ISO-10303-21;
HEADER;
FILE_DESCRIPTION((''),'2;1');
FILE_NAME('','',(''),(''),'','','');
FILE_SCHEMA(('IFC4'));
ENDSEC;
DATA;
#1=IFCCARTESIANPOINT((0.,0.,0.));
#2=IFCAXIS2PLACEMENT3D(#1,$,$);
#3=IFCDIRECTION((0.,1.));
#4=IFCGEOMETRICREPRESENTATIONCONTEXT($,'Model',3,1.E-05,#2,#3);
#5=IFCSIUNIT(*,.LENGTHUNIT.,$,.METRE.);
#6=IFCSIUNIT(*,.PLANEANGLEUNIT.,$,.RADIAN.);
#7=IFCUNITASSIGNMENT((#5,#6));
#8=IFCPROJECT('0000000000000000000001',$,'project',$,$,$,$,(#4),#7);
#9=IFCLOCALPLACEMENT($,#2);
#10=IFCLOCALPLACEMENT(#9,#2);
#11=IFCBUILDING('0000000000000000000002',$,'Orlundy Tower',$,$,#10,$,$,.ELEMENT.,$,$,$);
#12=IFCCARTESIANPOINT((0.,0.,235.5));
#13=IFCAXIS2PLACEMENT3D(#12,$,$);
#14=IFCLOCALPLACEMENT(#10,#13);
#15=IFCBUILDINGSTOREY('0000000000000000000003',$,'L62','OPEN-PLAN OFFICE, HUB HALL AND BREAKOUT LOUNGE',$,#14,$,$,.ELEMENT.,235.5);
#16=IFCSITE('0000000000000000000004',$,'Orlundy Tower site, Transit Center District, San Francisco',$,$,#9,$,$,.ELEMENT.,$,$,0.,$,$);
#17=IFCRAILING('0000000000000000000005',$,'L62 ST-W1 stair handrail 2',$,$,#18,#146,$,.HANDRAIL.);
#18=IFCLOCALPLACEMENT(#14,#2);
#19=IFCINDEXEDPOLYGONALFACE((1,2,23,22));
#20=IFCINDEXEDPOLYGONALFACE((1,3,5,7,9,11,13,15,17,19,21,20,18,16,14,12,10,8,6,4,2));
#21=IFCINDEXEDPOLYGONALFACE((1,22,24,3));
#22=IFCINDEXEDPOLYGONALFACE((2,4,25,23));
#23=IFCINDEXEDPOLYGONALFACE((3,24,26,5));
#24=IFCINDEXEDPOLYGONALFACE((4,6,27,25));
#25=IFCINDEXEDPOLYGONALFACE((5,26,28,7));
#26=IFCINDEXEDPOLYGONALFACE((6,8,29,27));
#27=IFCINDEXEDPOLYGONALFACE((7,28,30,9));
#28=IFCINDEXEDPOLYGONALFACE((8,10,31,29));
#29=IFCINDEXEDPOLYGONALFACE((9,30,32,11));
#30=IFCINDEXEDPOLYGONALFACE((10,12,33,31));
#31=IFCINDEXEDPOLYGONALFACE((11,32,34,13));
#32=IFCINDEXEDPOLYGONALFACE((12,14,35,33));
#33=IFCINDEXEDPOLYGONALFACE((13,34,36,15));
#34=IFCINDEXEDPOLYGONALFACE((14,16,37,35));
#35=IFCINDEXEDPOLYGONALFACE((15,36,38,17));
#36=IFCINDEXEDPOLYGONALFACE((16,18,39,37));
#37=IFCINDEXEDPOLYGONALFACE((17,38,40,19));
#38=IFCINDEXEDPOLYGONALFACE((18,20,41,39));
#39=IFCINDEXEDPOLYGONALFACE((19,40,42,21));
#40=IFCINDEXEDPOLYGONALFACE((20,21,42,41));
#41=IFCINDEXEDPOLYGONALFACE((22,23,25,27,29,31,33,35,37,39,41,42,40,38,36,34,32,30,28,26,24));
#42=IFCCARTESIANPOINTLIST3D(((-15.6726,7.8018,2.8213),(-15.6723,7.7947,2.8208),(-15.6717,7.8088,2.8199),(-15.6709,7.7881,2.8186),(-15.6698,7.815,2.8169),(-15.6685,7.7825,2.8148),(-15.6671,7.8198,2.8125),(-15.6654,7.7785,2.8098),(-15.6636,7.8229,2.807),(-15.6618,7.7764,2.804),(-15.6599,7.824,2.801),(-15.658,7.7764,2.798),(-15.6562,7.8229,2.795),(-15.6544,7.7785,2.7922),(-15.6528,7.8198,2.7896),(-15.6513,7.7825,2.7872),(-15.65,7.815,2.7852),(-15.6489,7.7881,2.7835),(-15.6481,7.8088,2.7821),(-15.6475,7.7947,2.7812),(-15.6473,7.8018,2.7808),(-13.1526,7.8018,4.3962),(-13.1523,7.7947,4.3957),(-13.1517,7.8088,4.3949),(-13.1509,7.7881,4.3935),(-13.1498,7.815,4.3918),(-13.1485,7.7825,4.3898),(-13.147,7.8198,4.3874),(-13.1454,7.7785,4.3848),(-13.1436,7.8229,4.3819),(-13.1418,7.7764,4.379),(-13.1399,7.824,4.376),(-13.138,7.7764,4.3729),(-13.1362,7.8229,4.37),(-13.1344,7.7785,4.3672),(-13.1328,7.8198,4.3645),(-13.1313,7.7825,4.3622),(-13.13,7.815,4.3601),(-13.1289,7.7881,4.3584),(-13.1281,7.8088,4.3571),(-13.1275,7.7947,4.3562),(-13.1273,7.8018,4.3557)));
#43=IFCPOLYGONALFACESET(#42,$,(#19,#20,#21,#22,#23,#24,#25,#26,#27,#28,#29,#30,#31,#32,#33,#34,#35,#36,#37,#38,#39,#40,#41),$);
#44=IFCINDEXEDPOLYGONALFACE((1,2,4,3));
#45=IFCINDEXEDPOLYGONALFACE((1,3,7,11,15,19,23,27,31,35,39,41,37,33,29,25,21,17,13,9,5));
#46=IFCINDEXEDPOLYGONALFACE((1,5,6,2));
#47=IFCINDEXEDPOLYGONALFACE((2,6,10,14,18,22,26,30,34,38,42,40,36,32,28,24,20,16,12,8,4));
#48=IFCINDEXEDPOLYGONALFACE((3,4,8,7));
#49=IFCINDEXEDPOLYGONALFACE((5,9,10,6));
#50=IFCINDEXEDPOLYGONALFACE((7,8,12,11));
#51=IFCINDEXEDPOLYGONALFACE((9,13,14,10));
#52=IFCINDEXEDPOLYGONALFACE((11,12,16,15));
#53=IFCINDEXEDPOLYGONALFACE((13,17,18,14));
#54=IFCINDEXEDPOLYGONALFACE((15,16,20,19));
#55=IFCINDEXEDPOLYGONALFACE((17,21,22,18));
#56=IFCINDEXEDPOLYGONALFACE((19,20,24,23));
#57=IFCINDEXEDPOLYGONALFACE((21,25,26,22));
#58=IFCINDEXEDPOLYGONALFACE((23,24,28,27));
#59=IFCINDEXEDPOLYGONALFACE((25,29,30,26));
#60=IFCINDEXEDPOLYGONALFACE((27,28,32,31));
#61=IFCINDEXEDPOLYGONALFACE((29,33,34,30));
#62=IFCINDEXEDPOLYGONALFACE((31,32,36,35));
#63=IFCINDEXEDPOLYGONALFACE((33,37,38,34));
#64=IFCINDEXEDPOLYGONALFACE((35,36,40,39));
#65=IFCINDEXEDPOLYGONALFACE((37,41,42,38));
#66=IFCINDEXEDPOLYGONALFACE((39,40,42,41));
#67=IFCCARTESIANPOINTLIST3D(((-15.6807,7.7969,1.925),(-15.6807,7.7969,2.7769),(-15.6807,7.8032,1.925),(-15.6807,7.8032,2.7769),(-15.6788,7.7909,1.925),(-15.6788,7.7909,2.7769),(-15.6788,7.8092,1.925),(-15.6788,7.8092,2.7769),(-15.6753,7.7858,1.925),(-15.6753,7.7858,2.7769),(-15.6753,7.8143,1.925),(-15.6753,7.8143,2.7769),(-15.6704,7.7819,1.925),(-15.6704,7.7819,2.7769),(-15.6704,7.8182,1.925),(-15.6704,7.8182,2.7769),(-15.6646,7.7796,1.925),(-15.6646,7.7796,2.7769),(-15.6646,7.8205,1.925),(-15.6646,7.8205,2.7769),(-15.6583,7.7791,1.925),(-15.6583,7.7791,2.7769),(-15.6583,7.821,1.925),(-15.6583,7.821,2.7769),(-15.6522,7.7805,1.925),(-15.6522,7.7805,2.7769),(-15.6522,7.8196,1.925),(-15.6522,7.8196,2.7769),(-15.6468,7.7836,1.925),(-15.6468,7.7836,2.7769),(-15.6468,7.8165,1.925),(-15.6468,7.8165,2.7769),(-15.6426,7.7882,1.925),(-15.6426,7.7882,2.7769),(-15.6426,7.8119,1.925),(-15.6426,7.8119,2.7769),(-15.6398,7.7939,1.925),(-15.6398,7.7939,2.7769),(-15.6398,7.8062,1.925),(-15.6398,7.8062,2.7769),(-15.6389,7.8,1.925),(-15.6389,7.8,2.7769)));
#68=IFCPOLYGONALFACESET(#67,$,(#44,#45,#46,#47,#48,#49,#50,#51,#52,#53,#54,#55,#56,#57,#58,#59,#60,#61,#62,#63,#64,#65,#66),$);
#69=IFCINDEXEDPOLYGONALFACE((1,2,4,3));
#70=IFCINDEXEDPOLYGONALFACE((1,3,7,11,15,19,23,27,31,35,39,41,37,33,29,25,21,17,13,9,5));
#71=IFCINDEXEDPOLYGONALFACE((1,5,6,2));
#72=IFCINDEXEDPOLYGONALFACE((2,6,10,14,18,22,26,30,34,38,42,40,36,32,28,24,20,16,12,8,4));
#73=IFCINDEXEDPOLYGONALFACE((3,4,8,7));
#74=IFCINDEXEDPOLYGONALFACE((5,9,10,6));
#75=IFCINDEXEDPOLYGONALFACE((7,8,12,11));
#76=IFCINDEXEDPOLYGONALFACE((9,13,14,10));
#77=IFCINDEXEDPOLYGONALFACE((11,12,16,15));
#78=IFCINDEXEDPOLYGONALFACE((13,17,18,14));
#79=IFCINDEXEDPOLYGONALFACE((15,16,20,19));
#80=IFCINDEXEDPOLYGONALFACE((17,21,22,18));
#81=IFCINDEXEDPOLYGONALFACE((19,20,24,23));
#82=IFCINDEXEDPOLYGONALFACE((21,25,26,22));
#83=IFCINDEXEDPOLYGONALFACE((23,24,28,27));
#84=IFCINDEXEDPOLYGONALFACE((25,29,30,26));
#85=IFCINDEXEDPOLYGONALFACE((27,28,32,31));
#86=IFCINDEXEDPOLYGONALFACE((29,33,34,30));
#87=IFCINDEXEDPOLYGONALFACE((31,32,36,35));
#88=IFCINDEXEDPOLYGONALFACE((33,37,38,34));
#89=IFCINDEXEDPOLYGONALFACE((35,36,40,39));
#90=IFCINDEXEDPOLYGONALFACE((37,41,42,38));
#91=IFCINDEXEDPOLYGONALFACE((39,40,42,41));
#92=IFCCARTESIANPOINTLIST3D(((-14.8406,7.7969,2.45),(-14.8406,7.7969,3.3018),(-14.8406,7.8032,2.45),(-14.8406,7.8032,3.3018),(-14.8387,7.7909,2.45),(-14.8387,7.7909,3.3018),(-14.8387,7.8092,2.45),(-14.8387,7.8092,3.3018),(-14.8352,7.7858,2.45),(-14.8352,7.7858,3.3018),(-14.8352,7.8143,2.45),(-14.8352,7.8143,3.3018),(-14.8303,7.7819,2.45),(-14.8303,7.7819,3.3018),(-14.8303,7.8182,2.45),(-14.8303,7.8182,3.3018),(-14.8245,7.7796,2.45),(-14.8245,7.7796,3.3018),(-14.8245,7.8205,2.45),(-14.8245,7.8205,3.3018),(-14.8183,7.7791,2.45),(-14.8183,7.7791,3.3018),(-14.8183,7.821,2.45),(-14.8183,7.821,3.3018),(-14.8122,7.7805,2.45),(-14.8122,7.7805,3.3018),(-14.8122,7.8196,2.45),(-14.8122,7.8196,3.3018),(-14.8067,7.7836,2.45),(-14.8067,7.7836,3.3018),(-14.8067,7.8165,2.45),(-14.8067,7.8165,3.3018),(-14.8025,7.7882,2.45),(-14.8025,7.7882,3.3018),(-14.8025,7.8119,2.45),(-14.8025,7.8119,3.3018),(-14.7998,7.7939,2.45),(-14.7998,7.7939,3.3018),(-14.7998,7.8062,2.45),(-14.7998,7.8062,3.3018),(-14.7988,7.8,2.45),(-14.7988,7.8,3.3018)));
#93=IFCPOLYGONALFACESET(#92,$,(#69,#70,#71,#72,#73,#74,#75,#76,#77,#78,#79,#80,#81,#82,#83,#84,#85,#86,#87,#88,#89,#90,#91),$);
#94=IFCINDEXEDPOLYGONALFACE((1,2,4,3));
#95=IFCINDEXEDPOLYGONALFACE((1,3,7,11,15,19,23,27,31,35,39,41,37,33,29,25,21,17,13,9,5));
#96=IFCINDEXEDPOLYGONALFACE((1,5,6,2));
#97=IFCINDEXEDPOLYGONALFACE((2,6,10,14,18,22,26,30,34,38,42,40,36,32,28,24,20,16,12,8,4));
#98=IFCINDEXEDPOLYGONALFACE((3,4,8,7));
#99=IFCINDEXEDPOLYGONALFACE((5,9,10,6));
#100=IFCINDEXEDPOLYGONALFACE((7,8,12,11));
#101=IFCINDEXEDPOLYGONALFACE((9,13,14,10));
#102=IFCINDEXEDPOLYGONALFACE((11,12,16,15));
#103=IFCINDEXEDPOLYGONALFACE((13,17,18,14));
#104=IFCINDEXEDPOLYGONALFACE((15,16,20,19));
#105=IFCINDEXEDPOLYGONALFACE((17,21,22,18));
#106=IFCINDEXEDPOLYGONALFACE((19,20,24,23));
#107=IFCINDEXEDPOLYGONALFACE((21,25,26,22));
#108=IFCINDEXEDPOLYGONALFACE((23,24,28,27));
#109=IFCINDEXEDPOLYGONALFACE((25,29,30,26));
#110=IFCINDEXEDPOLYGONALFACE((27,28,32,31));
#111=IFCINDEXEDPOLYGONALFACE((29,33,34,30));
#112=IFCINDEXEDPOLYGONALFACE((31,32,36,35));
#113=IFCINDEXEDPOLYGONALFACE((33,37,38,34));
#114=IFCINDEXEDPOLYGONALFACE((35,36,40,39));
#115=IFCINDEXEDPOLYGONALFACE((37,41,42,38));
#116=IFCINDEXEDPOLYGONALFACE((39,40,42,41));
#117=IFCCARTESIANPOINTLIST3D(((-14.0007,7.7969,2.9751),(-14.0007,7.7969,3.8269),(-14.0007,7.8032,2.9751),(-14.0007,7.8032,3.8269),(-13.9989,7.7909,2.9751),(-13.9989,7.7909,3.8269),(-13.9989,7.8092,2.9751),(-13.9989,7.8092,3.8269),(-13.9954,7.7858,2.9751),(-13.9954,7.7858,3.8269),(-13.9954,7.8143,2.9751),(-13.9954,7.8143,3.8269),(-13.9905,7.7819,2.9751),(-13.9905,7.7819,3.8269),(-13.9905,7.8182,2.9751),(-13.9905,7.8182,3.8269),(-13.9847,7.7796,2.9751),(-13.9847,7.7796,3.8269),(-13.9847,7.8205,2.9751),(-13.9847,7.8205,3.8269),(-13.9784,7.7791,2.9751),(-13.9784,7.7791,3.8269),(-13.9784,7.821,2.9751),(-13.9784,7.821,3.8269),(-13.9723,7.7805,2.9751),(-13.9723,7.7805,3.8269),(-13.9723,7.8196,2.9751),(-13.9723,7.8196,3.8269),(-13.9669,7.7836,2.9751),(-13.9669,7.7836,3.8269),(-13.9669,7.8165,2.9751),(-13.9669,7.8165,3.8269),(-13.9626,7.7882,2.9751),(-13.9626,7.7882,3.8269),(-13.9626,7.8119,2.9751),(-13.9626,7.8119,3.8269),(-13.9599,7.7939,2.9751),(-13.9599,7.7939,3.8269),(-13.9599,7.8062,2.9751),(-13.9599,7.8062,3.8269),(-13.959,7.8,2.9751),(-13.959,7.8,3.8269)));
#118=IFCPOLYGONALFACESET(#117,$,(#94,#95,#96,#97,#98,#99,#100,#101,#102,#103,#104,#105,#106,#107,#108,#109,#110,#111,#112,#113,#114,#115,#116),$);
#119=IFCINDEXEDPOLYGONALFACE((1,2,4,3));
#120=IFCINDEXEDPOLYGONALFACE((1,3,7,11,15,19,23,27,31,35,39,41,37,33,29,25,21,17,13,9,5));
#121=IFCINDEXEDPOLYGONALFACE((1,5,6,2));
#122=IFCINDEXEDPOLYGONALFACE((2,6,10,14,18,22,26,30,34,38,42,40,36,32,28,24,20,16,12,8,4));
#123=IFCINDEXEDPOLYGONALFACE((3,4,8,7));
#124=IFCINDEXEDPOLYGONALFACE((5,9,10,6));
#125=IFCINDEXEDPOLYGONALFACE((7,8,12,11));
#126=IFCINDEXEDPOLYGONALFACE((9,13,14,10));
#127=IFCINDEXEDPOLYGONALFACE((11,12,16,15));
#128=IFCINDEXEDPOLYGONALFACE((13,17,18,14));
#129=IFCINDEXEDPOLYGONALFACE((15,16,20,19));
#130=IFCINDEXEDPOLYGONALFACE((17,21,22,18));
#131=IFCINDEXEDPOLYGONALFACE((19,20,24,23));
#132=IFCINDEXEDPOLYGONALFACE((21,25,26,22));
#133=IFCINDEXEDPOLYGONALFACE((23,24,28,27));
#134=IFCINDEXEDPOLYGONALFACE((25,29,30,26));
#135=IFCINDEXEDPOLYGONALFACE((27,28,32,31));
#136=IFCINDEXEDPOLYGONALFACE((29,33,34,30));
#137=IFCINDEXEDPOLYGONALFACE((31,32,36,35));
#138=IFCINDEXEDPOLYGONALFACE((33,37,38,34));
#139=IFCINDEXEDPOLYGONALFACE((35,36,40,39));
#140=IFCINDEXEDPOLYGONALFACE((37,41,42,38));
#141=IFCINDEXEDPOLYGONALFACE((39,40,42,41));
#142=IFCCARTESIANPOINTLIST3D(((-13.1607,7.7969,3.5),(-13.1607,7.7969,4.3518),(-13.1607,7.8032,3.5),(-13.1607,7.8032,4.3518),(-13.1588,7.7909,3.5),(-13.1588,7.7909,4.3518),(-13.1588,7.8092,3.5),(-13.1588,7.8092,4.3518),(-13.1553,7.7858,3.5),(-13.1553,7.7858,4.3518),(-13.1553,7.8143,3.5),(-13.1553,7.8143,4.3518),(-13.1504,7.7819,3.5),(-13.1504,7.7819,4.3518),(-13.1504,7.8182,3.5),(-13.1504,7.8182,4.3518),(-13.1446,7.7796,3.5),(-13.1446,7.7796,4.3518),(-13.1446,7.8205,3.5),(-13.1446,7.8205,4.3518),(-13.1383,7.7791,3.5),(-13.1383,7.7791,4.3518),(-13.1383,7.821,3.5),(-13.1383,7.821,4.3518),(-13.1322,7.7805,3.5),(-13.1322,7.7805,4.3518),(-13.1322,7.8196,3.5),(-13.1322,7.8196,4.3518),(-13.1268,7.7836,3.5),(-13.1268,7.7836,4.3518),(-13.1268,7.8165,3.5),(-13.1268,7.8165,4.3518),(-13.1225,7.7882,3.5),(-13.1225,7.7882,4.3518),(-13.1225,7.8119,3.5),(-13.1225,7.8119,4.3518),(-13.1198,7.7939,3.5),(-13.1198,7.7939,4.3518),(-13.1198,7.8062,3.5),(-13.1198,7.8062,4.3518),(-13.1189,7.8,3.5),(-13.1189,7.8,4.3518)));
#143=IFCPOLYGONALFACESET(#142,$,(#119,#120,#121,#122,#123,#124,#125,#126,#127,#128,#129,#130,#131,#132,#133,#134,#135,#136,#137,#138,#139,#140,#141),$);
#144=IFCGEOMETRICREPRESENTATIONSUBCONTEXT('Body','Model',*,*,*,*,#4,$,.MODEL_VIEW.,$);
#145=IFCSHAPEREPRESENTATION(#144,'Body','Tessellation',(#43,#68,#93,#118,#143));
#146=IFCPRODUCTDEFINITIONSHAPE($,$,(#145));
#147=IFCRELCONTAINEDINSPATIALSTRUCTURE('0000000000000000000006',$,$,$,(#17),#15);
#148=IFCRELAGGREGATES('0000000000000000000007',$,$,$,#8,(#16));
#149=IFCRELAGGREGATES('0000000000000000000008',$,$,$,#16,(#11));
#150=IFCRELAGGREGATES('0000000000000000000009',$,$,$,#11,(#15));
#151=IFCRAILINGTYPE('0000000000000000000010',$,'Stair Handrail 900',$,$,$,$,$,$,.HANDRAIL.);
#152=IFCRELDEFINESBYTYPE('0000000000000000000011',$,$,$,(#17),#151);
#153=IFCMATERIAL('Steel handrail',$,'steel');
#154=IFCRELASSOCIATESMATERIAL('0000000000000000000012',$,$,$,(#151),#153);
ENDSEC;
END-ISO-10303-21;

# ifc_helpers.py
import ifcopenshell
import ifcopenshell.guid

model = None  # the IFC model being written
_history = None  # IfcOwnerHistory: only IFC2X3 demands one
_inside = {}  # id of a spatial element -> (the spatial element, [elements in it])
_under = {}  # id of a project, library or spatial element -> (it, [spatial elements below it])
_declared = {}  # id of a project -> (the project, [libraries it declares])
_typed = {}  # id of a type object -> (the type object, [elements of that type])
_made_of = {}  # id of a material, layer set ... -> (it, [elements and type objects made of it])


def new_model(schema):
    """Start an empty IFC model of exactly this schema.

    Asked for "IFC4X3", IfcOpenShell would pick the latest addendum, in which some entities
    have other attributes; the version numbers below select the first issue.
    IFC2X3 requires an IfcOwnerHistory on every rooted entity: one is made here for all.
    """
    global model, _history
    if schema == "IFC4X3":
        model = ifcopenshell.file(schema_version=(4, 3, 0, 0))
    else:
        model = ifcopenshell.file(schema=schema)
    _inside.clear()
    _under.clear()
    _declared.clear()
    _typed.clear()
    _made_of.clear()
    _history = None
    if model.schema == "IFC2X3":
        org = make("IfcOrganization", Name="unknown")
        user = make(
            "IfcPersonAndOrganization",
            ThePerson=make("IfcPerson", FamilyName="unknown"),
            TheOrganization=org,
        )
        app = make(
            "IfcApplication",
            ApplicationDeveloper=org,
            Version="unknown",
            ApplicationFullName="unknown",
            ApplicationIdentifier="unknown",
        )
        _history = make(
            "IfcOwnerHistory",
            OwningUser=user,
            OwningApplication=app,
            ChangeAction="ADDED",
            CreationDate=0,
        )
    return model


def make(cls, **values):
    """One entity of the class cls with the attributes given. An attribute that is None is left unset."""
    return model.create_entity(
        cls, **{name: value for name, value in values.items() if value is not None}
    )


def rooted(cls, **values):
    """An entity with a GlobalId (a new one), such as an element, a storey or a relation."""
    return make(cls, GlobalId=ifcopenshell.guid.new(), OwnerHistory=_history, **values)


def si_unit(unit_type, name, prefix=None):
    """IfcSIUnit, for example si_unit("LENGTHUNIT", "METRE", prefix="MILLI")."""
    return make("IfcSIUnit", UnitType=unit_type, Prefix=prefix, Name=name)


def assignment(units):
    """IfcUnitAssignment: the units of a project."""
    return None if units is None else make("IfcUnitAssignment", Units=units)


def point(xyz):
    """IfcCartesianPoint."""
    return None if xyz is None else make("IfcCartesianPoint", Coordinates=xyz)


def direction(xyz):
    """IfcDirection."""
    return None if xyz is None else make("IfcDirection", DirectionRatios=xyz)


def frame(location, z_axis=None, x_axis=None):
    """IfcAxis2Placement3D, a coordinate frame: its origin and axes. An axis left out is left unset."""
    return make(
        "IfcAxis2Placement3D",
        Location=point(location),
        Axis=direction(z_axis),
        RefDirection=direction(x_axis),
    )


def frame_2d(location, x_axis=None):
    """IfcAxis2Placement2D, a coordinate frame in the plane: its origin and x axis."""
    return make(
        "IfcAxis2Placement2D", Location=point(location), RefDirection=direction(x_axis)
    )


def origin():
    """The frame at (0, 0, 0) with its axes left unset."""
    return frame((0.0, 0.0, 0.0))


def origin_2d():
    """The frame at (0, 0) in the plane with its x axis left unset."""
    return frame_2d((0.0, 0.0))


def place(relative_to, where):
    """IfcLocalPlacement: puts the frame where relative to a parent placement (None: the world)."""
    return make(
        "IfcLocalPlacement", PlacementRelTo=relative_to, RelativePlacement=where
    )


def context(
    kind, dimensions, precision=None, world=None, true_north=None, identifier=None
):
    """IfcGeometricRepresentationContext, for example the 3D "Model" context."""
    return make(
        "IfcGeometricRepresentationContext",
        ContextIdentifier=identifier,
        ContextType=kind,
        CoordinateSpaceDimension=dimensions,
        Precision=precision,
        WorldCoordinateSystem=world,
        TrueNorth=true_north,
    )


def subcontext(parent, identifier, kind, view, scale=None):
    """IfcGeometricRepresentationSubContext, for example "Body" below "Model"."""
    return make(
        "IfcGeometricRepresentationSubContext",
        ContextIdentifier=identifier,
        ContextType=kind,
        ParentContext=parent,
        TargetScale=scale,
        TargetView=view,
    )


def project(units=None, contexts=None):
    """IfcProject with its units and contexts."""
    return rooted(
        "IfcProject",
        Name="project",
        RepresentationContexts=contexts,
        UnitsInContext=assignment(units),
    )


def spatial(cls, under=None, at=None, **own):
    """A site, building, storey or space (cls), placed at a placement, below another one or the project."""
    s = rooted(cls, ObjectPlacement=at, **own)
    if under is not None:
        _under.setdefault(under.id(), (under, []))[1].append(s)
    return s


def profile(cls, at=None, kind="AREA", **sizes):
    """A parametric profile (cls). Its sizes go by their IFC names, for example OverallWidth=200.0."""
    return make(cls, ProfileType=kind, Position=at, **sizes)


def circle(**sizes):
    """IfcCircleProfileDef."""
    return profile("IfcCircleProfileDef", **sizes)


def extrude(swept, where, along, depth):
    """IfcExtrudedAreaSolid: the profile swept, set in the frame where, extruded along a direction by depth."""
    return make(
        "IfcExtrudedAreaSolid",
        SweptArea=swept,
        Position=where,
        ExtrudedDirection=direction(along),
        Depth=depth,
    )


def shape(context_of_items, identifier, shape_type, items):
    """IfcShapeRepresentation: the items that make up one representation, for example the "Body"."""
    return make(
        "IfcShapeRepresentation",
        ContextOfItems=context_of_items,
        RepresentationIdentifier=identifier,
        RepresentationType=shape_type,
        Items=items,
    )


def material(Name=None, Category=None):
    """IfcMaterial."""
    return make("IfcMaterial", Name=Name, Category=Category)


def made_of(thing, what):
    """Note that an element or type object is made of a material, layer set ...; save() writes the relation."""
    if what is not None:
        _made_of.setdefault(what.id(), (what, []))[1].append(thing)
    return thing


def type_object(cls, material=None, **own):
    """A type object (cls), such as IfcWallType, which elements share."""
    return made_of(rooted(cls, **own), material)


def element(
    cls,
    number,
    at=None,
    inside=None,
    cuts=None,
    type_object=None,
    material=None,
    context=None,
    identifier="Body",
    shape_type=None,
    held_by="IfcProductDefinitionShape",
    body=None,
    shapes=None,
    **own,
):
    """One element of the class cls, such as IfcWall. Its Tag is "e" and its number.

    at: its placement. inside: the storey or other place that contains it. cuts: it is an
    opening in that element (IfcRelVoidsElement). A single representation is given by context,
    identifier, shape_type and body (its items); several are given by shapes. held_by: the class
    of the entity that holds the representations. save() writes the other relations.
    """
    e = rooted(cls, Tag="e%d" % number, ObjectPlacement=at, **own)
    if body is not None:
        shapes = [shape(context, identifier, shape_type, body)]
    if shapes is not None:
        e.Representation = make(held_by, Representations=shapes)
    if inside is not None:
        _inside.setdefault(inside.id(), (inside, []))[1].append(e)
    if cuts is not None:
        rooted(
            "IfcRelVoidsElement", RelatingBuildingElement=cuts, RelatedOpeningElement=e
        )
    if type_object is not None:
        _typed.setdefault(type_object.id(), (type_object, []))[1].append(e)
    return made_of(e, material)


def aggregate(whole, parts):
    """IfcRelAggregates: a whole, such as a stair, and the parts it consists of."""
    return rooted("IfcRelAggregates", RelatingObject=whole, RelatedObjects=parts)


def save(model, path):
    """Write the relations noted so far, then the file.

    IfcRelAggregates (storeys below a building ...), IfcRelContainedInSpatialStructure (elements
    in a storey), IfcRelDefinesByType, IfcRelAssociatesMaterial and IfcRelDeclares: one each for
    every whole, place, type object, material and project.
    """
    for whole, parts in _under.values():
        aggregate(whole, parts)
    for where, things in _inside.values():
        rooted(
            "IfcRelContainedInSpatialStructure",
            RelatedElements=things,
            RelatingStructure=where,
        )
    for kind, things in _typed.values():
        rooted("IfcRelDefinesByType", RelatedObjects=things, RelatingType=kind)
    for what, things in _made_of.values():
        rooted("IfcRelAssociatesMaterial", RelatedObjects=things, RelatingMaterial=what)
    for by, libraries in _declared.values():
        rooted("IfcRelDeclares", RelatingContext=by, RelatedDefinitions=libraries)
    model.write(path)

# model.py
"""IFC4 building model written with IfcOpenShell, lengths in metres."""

from ifc_helpers import new_model, si_unit, direction, frame, origin, origin_2d, place, context, subcontext, project, spatial, circle, extrude, material, type_object, element, save


model = new_model("IFC4")

# Units and contexts
model_context = context("Model", 3, precision=1e-05, world=origin(), true_north=direction((0.0, 1.0)))
body_context = subcontext(model_context, "Body", "Model", "MODEL_VIEW")
ifc_project = project(units=[si_unit("LENGTHUNIT", "METRE"), si_unit("PLANEANGLEUNIT", "RADIAN")], contexts=[model_context])

# Site, building, storey
site_placement = place(None, origin())
site = spatial("IfcSite", under=ifc_project, at=site_placement, Name="Orlundy Tower site, Transit Center District, San Francisco", CompositionType="ELEMENT", RefElevation=0.0)
building_placement = place(site_placement, origin())
building = spatial("IfcBuilding", under=site, at=building_placement, Name="Orlundy Tower", CompositionType="ELEMENT")
storey_placement = place(building_placement, frame((0.0, 0.0, 235.5)))
storey = spatial("IfcBuildingStorey", under=building, at=storey_placement, Name="L62", Description="OPEN-PLAN OFFICE, HUB HALL AND BREAKOUT LOUNGE", CompositionType="ELEMENT", Elevation=235.5)

# Railing
ifc_material_1 = material(Name="Steel handrail", Category="steel")
railing_type = type_object("IfcRailingType", Name="Stair Handrail 900", PredefinedType="HANDRAIL", material=ifc_material_1)
railing_placement = place(storey_placement, frame((-15.6599, 7.8, 1.925)))
element("IfcRailing", 1, at=railing_placement, inside=storey, type_object=railing_type, Name="L62 ST-W1 stair handrail 2", PredefinedType="HANDRAIL", context=body_context, shape_type="SweptSolid", body=[
    extrude(circle(Radius=0.0239, at=origin_2d()), frame((0.0, 0.0, 0.876), z_axis=(0.848008, 0.0, 0.529984), x_axis=(0.0, 1.0, 0.0)), (0.0, 0.0, 1.0), 2.9717),
    extrude(circle(Radius=0.021, at=origin_2d()), origin(), (0.0, 0.0, 1.0), 0.8518),
    extrude(circle(Radius=0.021, at=origin_2d()), frame((0.8401, 0.0, 0.5249)), (0.0, 0.0, 1.0), 0.8518),
    extrude(circle(Radius=0.021, at=origin_2d()), frame((1.6799, 0.0, 1.05)), (0.0, 0.0, 1.0), 0.8518),
    extrude(circle(Radius=0.021, at=origin_2d()), frame((2.52, 0.0, 1.575)), (0.0, 0.0, 1.0), 0.8518),
])

save(model, "model.ifc")
